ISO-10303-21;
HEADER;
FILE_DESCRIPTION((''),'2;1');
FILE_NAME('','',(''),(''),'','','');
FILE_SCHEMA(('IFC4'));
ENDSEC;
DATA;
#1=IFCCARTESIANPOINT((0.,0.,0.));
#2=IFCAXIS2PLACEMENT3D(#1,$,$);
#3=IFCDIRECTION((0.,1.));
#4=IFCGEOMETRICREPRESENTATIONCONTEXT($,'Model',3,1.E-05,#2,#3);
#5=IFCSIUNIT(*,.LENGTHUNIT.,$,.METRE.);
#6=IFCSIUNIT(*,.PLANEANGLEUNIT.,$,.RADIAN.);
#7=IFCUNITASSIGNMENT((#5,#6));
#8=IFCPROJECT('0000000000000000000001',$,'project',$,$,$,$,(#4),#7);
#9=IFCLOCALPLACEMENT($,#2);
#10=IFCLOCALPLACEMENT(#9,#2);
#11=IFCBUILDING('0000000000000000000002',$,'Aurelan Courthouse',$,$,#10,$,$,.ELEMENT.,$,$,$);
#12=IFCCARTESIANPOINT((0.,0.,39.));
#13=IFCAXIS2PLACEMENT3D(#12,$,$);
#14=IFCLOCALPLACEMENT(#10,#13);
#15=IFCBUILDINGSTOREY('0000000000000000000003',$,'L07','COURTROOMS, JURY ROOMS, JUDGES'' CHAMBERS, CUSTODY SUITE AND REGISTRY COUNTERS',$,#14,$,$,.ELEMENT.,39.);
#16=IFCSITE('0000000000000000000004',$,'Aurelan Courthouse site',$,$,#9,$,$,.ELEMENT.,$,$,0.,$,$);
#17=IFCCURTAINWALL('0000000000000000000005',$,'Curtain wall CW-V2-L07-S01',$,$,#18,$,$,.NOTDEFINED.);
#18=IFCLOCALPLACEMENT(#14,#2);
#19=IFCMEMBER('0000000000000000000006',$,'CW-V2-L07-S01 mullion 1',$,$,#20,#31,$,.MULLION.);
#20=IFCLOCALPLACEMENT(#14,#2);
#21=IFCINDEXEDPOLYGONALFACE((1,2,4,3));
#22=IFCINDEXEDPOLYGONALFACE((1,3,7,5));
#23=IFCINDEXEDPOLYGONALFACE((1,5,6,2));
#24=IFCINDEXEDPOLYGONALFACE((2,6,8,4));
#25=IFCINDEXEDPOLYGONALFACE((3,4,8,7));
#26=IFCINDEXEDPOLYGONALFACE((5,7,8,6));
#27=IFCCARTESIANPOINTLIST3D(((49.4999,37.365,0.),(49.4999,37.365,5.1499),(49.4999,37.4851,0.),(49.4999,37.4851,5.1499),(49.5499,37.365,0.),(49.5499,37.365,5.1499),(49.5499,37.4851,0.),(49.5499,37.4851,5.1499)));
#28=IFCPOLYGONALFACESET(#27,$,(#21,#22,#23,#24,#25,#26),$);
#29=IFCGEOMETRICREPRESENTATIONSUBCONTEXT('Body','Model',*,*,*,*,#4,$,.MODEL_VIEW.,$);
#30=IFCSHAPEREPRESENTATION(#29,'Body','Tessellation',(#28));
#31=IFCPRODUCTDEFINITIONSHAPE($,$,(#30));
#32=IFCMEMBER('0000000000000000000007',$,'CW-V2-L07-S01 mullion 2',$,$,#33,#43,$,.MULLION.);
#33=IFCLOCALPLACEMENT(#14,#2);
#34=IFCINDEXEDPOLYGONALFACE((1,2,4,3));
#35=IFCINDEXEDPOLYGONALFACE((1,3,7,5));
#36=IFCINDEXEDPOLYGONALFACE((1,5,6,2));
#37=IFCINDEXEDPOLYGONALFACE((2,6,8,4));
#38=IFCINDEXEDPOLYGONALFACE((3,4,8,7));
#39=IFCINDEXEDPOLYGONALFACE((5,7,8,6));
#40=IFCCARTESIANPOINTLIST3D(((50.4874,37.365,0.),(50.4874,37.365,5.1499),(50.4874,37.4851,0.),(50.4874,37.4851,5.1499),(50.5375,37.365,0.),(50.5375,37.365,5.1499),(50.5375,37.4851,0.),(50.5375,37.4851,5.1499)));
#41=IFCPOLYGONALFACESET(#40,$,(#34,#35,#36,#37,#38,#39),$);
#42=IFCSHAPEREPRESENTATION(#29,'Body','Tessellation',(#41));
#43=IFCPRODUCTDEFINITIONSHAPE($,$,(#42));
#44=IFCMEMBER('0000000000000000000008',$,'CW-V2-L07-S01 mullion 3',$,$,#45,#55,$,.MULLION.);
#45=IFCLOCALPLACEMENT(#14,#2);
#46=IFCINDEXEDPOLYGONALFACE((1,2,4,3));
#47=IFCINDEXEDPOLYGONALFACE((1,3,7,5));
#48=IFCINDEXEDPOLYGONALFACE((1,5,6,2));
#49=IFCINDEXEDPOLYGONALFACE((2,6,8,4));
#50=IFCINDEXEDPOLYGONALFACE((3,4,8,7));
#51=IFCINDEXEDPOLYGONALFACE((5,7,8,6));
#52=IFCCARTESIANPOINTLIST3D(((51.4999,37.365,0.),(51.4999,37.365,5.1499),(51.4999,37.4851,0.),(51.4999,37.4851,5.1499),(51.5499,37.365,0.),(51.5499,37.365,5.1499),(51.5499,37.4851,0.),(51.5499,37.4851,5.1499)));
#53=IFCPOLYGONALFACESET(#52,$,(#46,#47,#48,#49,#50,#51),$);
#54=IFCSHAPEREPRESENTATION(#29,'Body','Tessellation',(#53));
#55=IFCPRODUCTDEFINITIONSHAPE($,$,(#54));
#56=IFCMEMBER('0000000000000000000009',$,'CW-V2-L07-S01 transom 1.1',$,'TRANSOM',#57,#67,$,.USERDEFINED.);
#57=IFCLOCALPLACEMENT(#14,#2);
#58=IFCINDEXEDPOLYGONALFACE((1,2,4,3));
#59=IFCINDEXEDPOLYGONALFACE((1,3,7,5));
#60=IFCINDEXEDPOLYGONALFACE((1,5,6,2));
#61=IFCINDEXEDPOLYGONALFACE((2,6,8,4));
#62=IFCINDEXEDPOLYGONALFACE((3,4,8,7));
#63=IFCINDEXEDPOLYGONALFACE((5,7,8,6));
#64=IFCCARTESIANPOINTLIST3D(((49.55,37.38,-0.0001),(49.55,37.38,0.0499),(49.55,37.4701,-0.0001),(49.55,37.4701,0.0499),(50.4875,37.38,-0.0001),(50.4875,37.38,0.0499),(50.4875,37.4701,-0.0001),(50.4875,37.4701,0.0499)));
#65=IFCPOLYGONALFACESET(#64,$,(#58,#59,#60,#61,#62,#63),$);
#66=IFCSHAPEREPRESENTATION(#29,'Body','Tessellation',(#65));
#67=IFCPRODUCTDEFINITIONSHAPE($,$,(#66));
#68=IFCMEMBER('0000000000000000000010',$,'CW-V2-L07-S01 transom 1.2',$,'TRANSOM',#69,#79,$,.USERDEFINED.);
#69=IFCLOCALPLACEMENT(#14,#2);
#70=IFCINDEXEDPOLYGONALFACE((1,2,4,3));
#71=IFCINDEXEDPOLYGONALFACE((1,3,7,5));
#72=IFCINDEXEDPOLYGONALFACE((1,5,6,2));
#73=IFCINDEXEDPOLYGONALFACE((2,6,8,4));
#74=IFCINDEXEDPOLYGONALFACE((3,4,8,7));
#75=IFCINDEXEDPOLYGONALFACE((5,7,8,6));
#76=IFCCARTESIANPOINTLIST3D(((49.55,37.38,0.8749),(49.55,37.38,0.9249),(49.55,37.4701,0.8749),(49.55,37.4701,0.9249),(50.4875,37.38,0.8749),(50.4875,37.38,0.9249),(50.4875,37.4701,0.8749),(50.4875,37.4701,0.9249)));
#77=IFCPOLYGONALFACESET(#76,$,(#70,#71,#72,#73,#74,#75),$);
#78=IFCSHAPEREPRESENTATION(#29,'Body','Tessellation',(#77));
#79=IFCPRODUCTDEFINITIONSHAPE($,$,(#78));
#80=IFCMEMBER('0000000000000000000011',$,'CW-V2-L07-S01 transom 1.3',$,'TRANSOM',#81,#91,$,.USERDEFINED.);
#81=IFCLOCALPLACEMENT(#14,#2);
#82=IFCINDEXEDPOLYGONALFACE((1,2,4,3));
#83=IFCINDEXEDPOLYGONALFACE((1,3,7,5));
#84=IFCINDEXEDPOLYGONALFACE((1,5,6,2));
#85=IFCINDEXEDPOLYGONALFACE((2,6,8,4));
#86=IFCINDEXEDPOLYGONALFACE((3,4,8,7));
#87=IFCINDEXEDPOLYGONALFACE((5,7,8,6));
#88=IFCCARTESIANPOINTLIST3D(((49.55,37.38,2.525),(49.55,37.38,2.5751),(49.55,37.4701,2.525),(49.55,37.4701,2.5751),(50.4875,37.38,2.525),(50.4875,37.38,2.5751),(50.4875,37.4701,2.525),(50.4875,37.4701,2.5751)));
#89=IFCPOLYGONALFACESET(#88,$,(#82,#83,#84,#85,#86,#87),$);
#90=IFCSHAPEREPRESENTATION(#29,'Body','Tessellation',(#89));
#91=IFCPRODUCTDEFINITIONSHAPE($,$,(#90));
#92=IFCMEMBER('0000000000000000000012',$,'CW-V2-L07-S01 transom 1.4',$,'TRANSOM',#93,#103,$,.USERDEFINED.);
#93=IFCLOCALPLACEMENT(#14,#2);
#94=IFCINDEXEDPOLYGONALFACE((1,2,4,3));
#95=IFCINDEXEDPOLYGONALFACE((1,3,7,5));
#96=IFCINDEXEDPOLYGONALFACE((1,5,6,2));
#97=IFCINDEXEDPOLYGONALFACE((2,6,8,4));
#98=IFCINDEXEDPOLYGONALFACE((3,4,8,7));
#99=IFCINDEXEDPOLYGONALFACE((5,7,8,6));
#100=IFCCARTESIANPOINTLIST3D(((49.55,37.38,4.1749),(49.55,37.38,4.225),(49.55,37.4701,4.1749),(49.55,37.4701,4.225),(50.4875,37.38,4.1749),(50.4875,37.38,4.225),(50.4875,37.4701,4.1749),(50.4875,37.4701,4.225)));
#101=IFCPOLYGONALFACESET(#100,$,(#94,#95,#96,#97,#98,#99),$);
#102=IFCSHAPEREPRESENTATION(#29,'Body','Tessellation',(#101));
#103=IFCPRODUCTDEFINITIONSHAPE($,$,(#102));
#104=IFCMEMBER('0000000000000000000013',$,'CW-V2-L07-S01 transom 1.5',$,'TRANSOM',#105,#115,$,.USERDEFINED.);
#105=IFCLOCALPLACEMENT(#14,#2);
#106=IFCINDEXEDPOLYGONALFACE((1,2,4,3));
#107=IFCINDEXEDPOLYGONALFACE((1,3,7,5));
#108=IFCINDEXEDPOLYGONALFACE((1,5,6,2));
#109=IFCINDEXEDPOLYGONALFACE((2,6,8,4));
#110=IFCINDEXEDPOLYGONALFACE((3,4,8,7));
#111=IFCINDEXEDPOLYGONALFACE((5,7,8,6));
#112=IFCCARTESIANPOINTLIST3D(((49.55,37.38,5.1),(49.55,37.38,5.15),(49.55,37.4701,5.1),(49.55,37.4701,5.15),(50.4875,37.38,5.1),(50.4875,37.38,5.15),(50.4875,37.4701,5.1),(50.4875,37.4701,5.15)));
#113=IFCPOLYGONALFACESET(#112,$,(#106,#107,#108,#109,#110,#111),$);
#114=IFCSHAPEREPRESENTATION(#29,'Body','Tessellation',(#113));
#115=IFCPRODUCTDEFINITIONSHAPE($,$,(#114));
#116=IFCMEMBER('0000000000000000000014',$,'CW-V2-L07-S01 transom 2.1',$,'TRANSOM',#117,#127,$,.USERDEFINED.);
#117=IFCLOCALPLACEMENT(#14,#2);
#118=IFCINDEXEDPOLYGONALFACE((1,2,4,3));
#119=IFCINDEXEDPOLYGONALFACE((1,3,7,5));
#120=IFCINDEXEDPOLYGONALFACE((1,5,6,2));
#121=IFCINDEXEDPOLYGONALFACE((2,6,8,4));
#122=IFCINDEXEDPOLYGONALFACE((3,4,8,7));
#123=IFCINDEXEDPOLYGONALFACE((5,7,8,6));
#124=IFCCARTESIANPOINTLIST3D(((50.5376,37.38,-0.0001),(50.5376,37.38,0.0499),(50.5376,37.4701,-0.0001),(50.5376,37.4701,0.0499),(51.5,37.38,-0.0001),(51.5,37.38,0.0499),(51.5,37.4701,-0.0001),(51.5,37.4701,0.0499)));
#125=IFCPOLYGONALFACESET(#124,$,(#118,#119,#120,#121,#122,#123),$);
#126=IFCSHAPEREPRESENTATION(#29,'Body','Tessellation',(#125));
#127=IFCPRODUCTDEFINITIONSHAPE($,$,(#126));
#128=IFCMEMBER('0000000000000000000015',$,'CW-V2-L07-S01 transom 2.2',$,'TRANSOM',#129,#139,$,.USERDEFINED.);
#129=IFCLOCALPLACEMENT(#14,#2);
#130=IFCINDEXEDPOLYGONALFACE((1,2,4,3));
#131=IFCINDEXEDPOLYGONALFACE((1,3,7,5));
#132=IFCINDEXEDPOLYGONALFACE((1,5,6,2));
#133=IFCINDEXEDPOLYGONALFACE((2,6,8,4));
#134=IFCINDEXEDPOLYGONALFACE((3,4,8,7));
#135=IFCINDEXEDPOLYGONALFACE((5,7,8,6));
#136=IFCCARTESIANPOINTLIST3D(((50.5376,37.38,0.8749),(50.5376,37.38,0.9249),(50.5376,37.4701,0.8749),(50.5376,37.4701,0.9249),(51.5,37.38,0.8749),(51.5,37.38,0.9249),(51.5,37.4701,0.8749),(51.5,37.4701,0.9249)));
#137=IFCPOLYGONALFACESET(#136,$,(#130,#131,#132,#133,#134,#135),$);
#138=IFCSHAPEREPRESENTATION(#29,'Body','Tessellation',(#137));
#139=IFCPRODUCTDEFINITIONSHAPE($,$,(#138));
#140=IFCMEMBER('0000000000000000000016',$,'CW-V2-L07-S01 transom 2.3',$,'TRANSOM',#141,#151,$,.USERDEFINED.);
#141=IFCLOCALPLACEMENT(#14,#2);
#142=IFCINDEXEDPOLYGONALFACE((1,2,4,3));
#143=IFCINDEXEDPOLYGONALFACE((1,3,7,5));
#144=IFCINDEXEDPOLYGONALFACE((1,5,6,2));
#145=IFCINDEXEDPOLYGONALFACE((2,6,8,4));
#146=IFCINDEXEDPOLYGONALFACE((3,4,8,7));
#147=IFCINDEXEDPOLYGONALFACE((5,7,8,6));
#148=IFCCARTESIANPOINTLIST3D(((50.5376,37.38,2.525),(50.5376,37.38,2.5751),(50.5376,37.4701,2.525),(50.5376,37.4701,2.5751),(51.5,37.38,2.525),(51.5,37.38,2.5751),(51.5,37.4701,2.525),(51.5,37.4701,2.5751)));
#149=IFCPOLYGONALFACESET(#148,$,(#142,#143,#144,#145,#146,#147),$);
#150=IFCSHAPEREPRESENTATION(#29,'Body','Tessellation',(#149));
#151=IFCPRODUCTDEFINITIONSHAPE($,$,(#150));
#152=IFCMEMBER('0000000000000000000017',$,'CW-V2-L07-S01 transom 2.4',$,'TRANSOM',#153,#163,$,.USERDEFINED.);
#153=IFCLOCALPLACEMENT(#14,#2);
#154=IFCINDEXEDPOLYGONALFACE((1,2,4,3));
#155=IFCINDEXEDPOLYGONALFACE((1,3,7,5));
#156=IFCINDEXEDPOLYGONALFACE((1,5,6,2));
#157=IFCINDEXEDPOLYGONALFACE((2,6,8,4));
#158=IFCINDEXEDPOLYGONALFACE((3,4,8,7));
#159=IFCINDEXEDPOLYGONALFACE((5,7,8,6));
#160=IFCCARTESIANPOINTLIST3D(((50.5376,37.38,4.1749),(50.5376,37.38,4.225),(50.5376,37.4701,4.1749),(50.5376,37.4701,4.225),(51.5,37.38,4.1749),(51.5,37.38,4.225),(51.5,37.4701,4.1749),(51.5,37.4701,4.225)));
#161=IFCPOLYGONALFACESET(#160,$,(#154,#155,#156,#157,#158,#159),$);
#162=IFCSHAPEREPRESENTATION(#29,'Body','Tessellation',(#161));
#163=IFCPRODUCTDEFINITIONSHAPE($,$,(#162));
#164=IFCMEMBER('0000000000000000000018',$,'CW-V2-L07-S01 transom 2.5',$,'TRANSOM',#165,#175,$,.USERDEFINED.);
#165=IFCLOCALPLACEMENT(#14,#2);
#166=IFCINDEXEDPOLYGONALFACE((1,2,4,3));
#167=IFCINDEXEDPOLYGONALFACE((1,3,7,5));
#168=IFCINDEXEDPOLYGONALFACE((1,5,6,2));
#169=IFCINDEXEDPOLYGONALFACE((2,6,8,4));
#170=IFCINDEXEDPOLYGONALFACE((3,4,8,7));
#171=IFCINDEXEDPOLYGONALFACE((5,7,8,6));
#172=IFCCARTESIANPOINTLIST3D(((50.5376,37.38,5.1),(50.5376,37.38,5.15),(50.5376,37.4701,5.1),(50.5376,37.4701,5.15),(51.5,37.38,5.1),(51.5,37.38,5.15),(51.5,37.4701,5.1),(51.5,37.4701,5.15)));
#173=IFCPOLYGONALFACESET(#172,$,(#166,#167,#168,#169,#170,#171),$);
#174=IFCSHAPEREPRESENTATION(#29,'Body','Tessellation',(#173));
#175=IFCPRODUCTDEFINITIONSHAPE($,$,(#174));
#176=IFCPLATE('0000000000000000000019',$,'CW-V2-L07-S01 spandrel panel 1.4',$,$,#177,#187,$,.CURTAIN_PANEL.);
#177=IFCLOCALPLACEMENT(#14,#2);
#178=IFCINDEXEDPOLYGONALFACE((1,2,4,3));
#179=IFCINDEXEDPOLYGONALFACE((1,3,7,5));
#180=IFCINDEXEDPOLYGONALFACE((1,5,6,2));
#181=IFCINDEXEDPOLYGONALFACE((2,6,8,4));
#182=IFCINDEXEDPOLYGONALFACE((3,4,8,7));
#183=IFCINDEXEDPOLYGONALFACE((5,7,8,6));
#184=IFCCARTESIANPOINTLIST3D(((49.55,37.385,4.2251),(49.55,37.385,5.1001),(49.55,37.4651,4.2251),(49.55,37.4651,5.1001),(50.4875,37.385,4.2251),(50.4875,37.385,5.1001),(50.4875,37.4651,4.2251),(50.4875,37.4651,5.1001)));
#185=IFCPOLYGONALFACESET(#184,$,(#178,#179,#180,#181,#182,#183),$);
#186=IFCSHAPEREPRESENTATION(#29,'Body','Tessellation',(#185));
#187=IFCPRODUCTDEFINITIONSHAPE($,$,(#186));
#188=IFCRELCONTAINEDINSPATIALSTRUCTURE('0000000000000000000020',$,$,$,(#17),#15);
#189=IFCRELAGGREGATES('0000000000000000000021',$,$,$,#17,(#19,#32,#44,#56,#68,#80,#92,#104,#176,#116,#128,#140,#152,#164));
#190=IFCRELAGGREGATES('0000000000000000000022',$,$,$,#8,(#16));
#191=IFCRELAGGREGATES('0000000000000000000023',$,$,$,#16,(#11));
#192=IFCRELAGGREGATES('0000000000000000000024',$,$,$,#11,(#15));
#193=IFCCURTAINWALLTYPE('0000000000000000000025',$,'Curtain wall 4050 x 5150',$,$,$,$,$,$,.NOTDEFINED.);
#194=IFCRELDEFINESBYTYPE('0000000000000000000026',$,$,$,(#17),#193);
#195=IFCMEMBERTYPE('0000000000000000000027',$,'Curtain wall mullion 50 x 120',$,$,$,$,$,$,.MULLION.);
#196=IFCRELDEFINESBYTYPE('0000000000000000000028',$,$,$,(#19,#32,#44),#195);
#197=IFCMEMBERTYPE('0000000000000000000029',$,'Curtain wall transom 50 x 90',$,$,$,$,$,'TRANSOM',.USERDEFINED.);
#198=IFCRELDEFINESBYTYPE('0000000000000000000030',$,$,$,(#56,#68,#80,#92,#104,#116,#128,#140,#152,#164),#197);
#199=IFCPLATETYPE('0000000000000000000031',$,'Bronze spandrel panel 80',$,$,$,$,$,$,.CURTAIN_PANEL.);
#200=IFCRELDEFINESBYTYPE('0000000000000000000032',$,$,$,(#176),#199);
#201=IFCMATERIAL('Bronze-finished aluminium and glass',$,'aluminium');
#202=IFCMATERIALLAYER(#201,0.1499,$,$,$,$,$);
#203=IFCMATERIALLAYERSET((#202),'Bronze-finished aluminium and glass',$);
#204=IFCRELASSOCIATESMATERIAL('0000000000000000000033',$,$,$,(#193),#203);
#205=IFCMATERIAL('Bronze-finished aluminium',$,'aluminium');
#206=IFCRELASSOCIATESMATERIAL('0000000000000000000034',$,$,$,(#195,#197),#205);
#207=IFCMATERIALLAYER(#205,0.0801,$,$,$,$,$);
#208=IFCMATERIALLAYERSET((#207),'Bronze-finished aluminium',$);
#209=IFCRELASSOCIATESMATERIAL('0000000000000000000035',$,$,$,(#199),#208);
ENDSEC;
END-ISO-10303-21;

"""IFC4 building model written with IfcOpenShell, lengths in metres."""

from ifc_helpers import new_model, si_unit, direction, frame, origin, origin_2d, place, context, subcontext, project, spatial, rectangle, extrude, material, layer, layer_set, material_profile, profile_set, type_object, element, aggregate, save


model = new_model("IFC4")

# Units and contexts
model_context = context("Model", 3, precision=1e-05, world=origin(), true_north=direction((0.0, 1.0)))
body_context = subcontext(model_context, "Body", "Model", "MODEL_VIEW")
ifc_project = project(units=[si_unit("LENGTHUNIT", "METRE"), si_unit("PLANEANGLEUNIT", "RADIAN")], contexts=[model_context])

# Site, building, storey
site_placement = place(None, origin())
site = spatial("IfcSite", under=ifc_project, at=site_placement, Name="Aurelan Courthouse site", CompositionType="ELEMENT", RefElevation=0.0)
building_placement = place(site_placement, origin())
building = spatial("IfcBuilding", under=site, at=building_placement, Name="Aurelan Courthouse", CompositionType="ELEMENT")
storey_placement = place(building_placement, frame((0.0, 0.0, 39.0)))
storey = spatial("IfcBuildingStorey", under=building, at=storey_placement, Name="L07", Description="COURTROOMS, JURY ROOMS, JUDGES' CHAMBERS, CUSTODY SUITE AND REGISTRY COUNTERS", CompositionType="ELEMENT", Elevation=39.0)

# Curtain wall, members, plate
ifc_material_1 = material(Name="Bronze-finished aluminium and glass", Category="aluminium")
ifc_layer_1 = layer(ifc_material_1, 0.1499)
ifc_layer_set_1 = layer_set([ifc_layer_1], Name="Bronze-finished aluminium and glass")
curtain_wall_type = type_object("IfcCurtainWallType", Name="Curtain wall 4050 x 5150", PredefinedType="NOTDEFINED", material=ifc_layer_set_1)
curtain_wall_placement = place(storey_placement, origin())
curtain_wall = element("IfcCurtainWall", 1, at=curtain_wall_placement, inside=storey, type_object=curtain_wall_type, Name="Curtain wall CW-V2-L07-S01", PredefinedType="NOTDEFINED")
ifc_material_2 = material(Name="Bronze-finished aluminium", Category="aluminium")
ifc_material_profile_1 = material_profile(ifc_material_2, rectangle(XDim=0.1201, YDim=0.05, at=origin_2d()), Name="Bronze mullion 50 x 120")
ifc_profile_set_1 = profile_set([ifc_material_profile_1], Name="Bronze-finished aluminium")
member_type_1 = type_object("IfcMemberType", Name="Curtain wall mullion 50 x 120", PredefinedType="MULLION", material=ifc_profile_set_1)
member_1_placement = place(storey_placement, frame((49.5249, 37.425, 0.0), z_axis=(0.0, 0.0, 1.0), x_axis=(0.0, 1.0, 0.0)))
member_1 = element("IfcMember", 2, at=member_1_placement, type_object=member_type_1, Name="CW-V2-L07-S01 mullion 1", PredefinedType="MULLION", context=body_context, shape_type="SweptSolid", body=[
    extrude(rectangle(XDim=0.1201, YDim=0.05, at=origin_2d()), origin(), (0.0, 0.0, 1.0), 5.1499),
])
member_2_placement = place(storey_placement, frame((50.5125, 37.425, 0.0), z_axis=(0.0, 0.0, 1.0), x_axis=(0.0, 1.0, 0.0)))
member_2 = element("IfcMember", 3, at=member_2_placement, type_object=member_type_1, Name="CW-V2-L07-S01 mullion 2", PredefinedType="MULLION", context=body_context, shape_type="SweptSolid", body=[
    extrude(rectangle(XDim=0.1201, YDim=0.05, at=origin_2d()), origin(), (0.0, 0.0, 1.0), 5.1499),
])
member_3_placement = place(storey_placement, frame((51.5249, 37.425, 0.0), z_axis=(0.0, 0.0, 1.0), x_axis=(0.0, 1.0, 0.0)))
member_3 = element("IfcMember", 4, at=member_3_placement, type_object=member_type_1, Name="CW-V2-L07-S01 mullion 3", PredefinedType="MULLION", context=body_context, shape_type="SweptSolid", body=[
    extrude(rectangle(XDim=0.1201, YDim=0.05, at=origin_2d()), origin(), (0.0, 0.0, 1.0), 5.1499),
])
ifc_material_profile_2 = material_profile(ifc_material_2, rectangle(XDim=0.0901, YDim=0.05, at=origin_2d()), Name="Bronze transom 50 x 90")
ifc_profile_set_2 = profile_set([ifc_material_profile_2], Name="Bronze-finished aluminium")
member_type_2 = type_object("IfcMemberType", Name="Curtain wall transom 50 x 90", ElementType="TRANSOM", PredefinedType="USERDEFINED", material=ifc_profile_set_2)
member_4_placement = place(storey_placement, frame((49.55, 37.425, 0.0249), z_axis=(1.0, 0.0, 0.0), x_axis=(0.0, 1.0, 0.0)))
member_4 = element("IfcMember", 5, at=member_4_placement, type_object=member_type_2, Name="CW-V2-L07-S01 transom 1.1", ObjectType="TRANSOM", PredefinedType="USERDEFINED", context=body_context, shape_type="SweptSolid", body=[
    extrude(rectangle(XDim=0.0901, YDim=0.05, at=origin_2d()), origin(), (0.0, 0.0, 1.0), 0.9375),
])
member_5_placement = place(storey_placement, frame((49.55, 37.425, 0.8999), z_axis=(1.0, 0.0, 0.0), x_axis=(0.0, 1.0, 0.0)))
member_5 = element("IfcMember", 6, at=member_5_placement, type_object=member_type_2, Name="CW-V2-L07-S01 transom 1.2", ObjectType="TRANSOM", PredefinedType="USERDEFINED", context=body_context, shape_type="SweptSolid", body=[
    extrude(rectangle(XDim=0.0901, YDim=0.05, at=origin_2d()), origin(), (0.0, 0.0, 1.0), 0.9375),
])
member_6_placement = place(storey_placement, frame((49.55, 37.425, 2.55), z_axis=(1.0, 0.0, 0.0), x_axis=(0.0, 1.0, 0.0)))
member_6 = element("IfcMember", 7, at=member_6_placement, type_object=member_type_2, Name="CW-V2-L07-S01 transom 1.3", ObjectType="TRANSOM", PredefinedType="USERDEFINED", context=body_context, shape_type="SweptSolid", body=[
    extrude(rectangle(XDim=0.0901, YDim=0.05, at=origin_2d()), origin(), (0.0, 0.0, 1.0), 0.9375),
])
member_7_placement = place(storey_placement, frame((49.55, 37.425, 4.2), z_axis=(1.0, 0.0, 0.0), x_axis=(0.0, 1.0, 0.0)))
member_7 = element("IfcMember", 8, at=member_7_placement, type_object=member_type_2, Name="CW-V2-L07-S01 transom 1.4", ObjectType="TRANSOM", PredefinedType="USERDEFINED", context=body_context, shape_type="SweptSolid", body=[
    extrude(rectangle(XDim=0.0901, YDim=0.05, at=origin_2d()), origin(), (0.0, 0.0, 1.0), 0.9375),
])
member_8_placement = place(storey_placement, frame((49.55, 37.425, 5.125), z_axis=(1.0, 0.0, 0.0), x_axis=(0.0, 1.0, 0.0)))
member_8 = element("IfcMember", 9, at=member_8_placement, type_object=member_type_2, Name="CW-V2-L07-S01 transom 1.5", ObjectType="TRANSOM", PredefinedType="USERDEFINED", context=body_context, shape_type="SweptSolid", body=[
    extrude(rectangle(XDim=0.0901, YDim=0.05, at=origin_2d()), origin(), (0.0, 0.0, 1.0), 0.9375),
])
member_9_placement = place(storey_placement, frame((50.5376, 37.425, 0.0249), z_axis=(1.0, 0.0, 0.0), x_axis=(0.0, 1.0, 0.0)))
member_9 = element("IfcMember", 10, at=member_9_placement, type_object=member_type_2, Name="CW-V2-L07-S01 transom 2.1", ObjectType="TRANSOM", PredefinedType="USERDEFINED", context=body_context, shape_type="SweptSolid", body=[
    extrude(rectangle(XDim=0.0901, YDim=0.05, at=origin_2d()), origin(), (0.0, 0.0, 1.0), 0.9624),
])
member_10_placement = place(storey_placement, frame((50.5376, 37.425, 0.8999), z_axis=(1.0, 0.0, 0.0), x_axis=(0.0, 1.0, 0.0)))
member_10 = element("IfcMember", 11, at=member_10_placement, type_object=member_type_2, Name="CW-V2-L07-S01 transom 2.2", ObjectType="TRANSOM", PredefinedType="USERDEFINED", context=body_context, shape_type="SweptSolid", body=[
    extrude(rectangle(XDim=0.0901, YDim=0.05, at=origin_2d()), origin(), (0.0, 0.0, 1.0), 0.9624),
])
member_11_placement = place(storey_placement, frame((50.5376, 37.425, 2.55), z_axis=(1.0, 0.0, 0.0), x_axis=(0.0, 1.0, 0.0)))
member_11 = element("IfcMember", 12, at=member_11_placement, type_object=member_type_2, Name="CW-V2-L07-S01 transom 2.3", ObjectType="TRANSOM", PredefinedType="USERDEFINED", context=body_context, shape_type="SweptSolid", body=[
    extrude(rectangle(XDim=0.0901, YDim=0.05, at=origin_2d()), origin(), (0.0, 0.0, 1.0), 0.9624),
])
member_12_placement = place(storey_placement, frame((50.5376, 37.425, 4.2), z_axis=(1.0, 0.0, 0.0), x_axis=(0.0, 1.0, 0.0)))
member_12 = element("IfcMember", 13, at=member_12_placement, type_object=member_type_2, Name="CW-V2-L07-S01 transom 2.4", ObjectType="TRANSOM", PredefinedType="USERDEFINED", context=body_context, shape_type="SweptSolid", body=[
    extrude(rectangle(XDim=0.0901, YDim=0.05, at=origin_2d()), origin(), (0.0, 0.0, 1.0), 0.9624),
])
member_13_placement = place(storey_placement, frame((50.5376, 37.425, 5.125), z_axis=(1.0, 0.0, 0.0), x_axis=(0.0, 1.0, 0.0)))
member_13 = element("IfcMember", 14, at=member_13_placement, type_object=member_type_2, Name="CW-V2-L07-S01 transom 2.5", ObjectType="TRANSOM", PredefinedType="USERDEFINED", context=body_context, shape_type="SweptSolid", body=[
    extrude(rectangle(XDim=0.0901, YDim=0.05, at=origin_2d()), origin(), (0.0, 0.0, 1.0), 0.9624),
])
ifc_layer_2 = layer(ifc_material_2, 0.0801)
ifc_layer_set_2 = layer_set([ifc_layer_2], Name="Bronze-finished aluminium")
plate_type_1 = type_object("IfcPlateType", Name="Bronze spandrel panel 80", PredefinedType="CURTAIN_PANEL", material=ifc_layer_set_2)
plate_1_placement = place(storey_placement, frame((50.0188, 37.425, 4.2251), z_axis=(0.0, 0.0, 1.0), x_axis=(1.0, 0.0, 0.0)))
plate_1 = element("IfcPlate", 15, at=plate_1_placement, type_object=plate_type_1, Name="CW-V2-L07-S01 spandrel panel 1.4", PredefinedType="CURTAIN_PANEL", context=body_context, shape_type="SweptSolid", body=[
    extrude(rectangle(XDim=0.9375, YDim=0.0801, at=origin_2d()), origin(), (0.0, 0.0, 1.0), 0.875),
])
aggregate(curtain_wall, [member_1, member_2, member_3, member_4, member_5, member_6, member_7, member_8, plate_1, member_9, member_10, member_11, member_12, member_13])

save(model, "model.ifc")
